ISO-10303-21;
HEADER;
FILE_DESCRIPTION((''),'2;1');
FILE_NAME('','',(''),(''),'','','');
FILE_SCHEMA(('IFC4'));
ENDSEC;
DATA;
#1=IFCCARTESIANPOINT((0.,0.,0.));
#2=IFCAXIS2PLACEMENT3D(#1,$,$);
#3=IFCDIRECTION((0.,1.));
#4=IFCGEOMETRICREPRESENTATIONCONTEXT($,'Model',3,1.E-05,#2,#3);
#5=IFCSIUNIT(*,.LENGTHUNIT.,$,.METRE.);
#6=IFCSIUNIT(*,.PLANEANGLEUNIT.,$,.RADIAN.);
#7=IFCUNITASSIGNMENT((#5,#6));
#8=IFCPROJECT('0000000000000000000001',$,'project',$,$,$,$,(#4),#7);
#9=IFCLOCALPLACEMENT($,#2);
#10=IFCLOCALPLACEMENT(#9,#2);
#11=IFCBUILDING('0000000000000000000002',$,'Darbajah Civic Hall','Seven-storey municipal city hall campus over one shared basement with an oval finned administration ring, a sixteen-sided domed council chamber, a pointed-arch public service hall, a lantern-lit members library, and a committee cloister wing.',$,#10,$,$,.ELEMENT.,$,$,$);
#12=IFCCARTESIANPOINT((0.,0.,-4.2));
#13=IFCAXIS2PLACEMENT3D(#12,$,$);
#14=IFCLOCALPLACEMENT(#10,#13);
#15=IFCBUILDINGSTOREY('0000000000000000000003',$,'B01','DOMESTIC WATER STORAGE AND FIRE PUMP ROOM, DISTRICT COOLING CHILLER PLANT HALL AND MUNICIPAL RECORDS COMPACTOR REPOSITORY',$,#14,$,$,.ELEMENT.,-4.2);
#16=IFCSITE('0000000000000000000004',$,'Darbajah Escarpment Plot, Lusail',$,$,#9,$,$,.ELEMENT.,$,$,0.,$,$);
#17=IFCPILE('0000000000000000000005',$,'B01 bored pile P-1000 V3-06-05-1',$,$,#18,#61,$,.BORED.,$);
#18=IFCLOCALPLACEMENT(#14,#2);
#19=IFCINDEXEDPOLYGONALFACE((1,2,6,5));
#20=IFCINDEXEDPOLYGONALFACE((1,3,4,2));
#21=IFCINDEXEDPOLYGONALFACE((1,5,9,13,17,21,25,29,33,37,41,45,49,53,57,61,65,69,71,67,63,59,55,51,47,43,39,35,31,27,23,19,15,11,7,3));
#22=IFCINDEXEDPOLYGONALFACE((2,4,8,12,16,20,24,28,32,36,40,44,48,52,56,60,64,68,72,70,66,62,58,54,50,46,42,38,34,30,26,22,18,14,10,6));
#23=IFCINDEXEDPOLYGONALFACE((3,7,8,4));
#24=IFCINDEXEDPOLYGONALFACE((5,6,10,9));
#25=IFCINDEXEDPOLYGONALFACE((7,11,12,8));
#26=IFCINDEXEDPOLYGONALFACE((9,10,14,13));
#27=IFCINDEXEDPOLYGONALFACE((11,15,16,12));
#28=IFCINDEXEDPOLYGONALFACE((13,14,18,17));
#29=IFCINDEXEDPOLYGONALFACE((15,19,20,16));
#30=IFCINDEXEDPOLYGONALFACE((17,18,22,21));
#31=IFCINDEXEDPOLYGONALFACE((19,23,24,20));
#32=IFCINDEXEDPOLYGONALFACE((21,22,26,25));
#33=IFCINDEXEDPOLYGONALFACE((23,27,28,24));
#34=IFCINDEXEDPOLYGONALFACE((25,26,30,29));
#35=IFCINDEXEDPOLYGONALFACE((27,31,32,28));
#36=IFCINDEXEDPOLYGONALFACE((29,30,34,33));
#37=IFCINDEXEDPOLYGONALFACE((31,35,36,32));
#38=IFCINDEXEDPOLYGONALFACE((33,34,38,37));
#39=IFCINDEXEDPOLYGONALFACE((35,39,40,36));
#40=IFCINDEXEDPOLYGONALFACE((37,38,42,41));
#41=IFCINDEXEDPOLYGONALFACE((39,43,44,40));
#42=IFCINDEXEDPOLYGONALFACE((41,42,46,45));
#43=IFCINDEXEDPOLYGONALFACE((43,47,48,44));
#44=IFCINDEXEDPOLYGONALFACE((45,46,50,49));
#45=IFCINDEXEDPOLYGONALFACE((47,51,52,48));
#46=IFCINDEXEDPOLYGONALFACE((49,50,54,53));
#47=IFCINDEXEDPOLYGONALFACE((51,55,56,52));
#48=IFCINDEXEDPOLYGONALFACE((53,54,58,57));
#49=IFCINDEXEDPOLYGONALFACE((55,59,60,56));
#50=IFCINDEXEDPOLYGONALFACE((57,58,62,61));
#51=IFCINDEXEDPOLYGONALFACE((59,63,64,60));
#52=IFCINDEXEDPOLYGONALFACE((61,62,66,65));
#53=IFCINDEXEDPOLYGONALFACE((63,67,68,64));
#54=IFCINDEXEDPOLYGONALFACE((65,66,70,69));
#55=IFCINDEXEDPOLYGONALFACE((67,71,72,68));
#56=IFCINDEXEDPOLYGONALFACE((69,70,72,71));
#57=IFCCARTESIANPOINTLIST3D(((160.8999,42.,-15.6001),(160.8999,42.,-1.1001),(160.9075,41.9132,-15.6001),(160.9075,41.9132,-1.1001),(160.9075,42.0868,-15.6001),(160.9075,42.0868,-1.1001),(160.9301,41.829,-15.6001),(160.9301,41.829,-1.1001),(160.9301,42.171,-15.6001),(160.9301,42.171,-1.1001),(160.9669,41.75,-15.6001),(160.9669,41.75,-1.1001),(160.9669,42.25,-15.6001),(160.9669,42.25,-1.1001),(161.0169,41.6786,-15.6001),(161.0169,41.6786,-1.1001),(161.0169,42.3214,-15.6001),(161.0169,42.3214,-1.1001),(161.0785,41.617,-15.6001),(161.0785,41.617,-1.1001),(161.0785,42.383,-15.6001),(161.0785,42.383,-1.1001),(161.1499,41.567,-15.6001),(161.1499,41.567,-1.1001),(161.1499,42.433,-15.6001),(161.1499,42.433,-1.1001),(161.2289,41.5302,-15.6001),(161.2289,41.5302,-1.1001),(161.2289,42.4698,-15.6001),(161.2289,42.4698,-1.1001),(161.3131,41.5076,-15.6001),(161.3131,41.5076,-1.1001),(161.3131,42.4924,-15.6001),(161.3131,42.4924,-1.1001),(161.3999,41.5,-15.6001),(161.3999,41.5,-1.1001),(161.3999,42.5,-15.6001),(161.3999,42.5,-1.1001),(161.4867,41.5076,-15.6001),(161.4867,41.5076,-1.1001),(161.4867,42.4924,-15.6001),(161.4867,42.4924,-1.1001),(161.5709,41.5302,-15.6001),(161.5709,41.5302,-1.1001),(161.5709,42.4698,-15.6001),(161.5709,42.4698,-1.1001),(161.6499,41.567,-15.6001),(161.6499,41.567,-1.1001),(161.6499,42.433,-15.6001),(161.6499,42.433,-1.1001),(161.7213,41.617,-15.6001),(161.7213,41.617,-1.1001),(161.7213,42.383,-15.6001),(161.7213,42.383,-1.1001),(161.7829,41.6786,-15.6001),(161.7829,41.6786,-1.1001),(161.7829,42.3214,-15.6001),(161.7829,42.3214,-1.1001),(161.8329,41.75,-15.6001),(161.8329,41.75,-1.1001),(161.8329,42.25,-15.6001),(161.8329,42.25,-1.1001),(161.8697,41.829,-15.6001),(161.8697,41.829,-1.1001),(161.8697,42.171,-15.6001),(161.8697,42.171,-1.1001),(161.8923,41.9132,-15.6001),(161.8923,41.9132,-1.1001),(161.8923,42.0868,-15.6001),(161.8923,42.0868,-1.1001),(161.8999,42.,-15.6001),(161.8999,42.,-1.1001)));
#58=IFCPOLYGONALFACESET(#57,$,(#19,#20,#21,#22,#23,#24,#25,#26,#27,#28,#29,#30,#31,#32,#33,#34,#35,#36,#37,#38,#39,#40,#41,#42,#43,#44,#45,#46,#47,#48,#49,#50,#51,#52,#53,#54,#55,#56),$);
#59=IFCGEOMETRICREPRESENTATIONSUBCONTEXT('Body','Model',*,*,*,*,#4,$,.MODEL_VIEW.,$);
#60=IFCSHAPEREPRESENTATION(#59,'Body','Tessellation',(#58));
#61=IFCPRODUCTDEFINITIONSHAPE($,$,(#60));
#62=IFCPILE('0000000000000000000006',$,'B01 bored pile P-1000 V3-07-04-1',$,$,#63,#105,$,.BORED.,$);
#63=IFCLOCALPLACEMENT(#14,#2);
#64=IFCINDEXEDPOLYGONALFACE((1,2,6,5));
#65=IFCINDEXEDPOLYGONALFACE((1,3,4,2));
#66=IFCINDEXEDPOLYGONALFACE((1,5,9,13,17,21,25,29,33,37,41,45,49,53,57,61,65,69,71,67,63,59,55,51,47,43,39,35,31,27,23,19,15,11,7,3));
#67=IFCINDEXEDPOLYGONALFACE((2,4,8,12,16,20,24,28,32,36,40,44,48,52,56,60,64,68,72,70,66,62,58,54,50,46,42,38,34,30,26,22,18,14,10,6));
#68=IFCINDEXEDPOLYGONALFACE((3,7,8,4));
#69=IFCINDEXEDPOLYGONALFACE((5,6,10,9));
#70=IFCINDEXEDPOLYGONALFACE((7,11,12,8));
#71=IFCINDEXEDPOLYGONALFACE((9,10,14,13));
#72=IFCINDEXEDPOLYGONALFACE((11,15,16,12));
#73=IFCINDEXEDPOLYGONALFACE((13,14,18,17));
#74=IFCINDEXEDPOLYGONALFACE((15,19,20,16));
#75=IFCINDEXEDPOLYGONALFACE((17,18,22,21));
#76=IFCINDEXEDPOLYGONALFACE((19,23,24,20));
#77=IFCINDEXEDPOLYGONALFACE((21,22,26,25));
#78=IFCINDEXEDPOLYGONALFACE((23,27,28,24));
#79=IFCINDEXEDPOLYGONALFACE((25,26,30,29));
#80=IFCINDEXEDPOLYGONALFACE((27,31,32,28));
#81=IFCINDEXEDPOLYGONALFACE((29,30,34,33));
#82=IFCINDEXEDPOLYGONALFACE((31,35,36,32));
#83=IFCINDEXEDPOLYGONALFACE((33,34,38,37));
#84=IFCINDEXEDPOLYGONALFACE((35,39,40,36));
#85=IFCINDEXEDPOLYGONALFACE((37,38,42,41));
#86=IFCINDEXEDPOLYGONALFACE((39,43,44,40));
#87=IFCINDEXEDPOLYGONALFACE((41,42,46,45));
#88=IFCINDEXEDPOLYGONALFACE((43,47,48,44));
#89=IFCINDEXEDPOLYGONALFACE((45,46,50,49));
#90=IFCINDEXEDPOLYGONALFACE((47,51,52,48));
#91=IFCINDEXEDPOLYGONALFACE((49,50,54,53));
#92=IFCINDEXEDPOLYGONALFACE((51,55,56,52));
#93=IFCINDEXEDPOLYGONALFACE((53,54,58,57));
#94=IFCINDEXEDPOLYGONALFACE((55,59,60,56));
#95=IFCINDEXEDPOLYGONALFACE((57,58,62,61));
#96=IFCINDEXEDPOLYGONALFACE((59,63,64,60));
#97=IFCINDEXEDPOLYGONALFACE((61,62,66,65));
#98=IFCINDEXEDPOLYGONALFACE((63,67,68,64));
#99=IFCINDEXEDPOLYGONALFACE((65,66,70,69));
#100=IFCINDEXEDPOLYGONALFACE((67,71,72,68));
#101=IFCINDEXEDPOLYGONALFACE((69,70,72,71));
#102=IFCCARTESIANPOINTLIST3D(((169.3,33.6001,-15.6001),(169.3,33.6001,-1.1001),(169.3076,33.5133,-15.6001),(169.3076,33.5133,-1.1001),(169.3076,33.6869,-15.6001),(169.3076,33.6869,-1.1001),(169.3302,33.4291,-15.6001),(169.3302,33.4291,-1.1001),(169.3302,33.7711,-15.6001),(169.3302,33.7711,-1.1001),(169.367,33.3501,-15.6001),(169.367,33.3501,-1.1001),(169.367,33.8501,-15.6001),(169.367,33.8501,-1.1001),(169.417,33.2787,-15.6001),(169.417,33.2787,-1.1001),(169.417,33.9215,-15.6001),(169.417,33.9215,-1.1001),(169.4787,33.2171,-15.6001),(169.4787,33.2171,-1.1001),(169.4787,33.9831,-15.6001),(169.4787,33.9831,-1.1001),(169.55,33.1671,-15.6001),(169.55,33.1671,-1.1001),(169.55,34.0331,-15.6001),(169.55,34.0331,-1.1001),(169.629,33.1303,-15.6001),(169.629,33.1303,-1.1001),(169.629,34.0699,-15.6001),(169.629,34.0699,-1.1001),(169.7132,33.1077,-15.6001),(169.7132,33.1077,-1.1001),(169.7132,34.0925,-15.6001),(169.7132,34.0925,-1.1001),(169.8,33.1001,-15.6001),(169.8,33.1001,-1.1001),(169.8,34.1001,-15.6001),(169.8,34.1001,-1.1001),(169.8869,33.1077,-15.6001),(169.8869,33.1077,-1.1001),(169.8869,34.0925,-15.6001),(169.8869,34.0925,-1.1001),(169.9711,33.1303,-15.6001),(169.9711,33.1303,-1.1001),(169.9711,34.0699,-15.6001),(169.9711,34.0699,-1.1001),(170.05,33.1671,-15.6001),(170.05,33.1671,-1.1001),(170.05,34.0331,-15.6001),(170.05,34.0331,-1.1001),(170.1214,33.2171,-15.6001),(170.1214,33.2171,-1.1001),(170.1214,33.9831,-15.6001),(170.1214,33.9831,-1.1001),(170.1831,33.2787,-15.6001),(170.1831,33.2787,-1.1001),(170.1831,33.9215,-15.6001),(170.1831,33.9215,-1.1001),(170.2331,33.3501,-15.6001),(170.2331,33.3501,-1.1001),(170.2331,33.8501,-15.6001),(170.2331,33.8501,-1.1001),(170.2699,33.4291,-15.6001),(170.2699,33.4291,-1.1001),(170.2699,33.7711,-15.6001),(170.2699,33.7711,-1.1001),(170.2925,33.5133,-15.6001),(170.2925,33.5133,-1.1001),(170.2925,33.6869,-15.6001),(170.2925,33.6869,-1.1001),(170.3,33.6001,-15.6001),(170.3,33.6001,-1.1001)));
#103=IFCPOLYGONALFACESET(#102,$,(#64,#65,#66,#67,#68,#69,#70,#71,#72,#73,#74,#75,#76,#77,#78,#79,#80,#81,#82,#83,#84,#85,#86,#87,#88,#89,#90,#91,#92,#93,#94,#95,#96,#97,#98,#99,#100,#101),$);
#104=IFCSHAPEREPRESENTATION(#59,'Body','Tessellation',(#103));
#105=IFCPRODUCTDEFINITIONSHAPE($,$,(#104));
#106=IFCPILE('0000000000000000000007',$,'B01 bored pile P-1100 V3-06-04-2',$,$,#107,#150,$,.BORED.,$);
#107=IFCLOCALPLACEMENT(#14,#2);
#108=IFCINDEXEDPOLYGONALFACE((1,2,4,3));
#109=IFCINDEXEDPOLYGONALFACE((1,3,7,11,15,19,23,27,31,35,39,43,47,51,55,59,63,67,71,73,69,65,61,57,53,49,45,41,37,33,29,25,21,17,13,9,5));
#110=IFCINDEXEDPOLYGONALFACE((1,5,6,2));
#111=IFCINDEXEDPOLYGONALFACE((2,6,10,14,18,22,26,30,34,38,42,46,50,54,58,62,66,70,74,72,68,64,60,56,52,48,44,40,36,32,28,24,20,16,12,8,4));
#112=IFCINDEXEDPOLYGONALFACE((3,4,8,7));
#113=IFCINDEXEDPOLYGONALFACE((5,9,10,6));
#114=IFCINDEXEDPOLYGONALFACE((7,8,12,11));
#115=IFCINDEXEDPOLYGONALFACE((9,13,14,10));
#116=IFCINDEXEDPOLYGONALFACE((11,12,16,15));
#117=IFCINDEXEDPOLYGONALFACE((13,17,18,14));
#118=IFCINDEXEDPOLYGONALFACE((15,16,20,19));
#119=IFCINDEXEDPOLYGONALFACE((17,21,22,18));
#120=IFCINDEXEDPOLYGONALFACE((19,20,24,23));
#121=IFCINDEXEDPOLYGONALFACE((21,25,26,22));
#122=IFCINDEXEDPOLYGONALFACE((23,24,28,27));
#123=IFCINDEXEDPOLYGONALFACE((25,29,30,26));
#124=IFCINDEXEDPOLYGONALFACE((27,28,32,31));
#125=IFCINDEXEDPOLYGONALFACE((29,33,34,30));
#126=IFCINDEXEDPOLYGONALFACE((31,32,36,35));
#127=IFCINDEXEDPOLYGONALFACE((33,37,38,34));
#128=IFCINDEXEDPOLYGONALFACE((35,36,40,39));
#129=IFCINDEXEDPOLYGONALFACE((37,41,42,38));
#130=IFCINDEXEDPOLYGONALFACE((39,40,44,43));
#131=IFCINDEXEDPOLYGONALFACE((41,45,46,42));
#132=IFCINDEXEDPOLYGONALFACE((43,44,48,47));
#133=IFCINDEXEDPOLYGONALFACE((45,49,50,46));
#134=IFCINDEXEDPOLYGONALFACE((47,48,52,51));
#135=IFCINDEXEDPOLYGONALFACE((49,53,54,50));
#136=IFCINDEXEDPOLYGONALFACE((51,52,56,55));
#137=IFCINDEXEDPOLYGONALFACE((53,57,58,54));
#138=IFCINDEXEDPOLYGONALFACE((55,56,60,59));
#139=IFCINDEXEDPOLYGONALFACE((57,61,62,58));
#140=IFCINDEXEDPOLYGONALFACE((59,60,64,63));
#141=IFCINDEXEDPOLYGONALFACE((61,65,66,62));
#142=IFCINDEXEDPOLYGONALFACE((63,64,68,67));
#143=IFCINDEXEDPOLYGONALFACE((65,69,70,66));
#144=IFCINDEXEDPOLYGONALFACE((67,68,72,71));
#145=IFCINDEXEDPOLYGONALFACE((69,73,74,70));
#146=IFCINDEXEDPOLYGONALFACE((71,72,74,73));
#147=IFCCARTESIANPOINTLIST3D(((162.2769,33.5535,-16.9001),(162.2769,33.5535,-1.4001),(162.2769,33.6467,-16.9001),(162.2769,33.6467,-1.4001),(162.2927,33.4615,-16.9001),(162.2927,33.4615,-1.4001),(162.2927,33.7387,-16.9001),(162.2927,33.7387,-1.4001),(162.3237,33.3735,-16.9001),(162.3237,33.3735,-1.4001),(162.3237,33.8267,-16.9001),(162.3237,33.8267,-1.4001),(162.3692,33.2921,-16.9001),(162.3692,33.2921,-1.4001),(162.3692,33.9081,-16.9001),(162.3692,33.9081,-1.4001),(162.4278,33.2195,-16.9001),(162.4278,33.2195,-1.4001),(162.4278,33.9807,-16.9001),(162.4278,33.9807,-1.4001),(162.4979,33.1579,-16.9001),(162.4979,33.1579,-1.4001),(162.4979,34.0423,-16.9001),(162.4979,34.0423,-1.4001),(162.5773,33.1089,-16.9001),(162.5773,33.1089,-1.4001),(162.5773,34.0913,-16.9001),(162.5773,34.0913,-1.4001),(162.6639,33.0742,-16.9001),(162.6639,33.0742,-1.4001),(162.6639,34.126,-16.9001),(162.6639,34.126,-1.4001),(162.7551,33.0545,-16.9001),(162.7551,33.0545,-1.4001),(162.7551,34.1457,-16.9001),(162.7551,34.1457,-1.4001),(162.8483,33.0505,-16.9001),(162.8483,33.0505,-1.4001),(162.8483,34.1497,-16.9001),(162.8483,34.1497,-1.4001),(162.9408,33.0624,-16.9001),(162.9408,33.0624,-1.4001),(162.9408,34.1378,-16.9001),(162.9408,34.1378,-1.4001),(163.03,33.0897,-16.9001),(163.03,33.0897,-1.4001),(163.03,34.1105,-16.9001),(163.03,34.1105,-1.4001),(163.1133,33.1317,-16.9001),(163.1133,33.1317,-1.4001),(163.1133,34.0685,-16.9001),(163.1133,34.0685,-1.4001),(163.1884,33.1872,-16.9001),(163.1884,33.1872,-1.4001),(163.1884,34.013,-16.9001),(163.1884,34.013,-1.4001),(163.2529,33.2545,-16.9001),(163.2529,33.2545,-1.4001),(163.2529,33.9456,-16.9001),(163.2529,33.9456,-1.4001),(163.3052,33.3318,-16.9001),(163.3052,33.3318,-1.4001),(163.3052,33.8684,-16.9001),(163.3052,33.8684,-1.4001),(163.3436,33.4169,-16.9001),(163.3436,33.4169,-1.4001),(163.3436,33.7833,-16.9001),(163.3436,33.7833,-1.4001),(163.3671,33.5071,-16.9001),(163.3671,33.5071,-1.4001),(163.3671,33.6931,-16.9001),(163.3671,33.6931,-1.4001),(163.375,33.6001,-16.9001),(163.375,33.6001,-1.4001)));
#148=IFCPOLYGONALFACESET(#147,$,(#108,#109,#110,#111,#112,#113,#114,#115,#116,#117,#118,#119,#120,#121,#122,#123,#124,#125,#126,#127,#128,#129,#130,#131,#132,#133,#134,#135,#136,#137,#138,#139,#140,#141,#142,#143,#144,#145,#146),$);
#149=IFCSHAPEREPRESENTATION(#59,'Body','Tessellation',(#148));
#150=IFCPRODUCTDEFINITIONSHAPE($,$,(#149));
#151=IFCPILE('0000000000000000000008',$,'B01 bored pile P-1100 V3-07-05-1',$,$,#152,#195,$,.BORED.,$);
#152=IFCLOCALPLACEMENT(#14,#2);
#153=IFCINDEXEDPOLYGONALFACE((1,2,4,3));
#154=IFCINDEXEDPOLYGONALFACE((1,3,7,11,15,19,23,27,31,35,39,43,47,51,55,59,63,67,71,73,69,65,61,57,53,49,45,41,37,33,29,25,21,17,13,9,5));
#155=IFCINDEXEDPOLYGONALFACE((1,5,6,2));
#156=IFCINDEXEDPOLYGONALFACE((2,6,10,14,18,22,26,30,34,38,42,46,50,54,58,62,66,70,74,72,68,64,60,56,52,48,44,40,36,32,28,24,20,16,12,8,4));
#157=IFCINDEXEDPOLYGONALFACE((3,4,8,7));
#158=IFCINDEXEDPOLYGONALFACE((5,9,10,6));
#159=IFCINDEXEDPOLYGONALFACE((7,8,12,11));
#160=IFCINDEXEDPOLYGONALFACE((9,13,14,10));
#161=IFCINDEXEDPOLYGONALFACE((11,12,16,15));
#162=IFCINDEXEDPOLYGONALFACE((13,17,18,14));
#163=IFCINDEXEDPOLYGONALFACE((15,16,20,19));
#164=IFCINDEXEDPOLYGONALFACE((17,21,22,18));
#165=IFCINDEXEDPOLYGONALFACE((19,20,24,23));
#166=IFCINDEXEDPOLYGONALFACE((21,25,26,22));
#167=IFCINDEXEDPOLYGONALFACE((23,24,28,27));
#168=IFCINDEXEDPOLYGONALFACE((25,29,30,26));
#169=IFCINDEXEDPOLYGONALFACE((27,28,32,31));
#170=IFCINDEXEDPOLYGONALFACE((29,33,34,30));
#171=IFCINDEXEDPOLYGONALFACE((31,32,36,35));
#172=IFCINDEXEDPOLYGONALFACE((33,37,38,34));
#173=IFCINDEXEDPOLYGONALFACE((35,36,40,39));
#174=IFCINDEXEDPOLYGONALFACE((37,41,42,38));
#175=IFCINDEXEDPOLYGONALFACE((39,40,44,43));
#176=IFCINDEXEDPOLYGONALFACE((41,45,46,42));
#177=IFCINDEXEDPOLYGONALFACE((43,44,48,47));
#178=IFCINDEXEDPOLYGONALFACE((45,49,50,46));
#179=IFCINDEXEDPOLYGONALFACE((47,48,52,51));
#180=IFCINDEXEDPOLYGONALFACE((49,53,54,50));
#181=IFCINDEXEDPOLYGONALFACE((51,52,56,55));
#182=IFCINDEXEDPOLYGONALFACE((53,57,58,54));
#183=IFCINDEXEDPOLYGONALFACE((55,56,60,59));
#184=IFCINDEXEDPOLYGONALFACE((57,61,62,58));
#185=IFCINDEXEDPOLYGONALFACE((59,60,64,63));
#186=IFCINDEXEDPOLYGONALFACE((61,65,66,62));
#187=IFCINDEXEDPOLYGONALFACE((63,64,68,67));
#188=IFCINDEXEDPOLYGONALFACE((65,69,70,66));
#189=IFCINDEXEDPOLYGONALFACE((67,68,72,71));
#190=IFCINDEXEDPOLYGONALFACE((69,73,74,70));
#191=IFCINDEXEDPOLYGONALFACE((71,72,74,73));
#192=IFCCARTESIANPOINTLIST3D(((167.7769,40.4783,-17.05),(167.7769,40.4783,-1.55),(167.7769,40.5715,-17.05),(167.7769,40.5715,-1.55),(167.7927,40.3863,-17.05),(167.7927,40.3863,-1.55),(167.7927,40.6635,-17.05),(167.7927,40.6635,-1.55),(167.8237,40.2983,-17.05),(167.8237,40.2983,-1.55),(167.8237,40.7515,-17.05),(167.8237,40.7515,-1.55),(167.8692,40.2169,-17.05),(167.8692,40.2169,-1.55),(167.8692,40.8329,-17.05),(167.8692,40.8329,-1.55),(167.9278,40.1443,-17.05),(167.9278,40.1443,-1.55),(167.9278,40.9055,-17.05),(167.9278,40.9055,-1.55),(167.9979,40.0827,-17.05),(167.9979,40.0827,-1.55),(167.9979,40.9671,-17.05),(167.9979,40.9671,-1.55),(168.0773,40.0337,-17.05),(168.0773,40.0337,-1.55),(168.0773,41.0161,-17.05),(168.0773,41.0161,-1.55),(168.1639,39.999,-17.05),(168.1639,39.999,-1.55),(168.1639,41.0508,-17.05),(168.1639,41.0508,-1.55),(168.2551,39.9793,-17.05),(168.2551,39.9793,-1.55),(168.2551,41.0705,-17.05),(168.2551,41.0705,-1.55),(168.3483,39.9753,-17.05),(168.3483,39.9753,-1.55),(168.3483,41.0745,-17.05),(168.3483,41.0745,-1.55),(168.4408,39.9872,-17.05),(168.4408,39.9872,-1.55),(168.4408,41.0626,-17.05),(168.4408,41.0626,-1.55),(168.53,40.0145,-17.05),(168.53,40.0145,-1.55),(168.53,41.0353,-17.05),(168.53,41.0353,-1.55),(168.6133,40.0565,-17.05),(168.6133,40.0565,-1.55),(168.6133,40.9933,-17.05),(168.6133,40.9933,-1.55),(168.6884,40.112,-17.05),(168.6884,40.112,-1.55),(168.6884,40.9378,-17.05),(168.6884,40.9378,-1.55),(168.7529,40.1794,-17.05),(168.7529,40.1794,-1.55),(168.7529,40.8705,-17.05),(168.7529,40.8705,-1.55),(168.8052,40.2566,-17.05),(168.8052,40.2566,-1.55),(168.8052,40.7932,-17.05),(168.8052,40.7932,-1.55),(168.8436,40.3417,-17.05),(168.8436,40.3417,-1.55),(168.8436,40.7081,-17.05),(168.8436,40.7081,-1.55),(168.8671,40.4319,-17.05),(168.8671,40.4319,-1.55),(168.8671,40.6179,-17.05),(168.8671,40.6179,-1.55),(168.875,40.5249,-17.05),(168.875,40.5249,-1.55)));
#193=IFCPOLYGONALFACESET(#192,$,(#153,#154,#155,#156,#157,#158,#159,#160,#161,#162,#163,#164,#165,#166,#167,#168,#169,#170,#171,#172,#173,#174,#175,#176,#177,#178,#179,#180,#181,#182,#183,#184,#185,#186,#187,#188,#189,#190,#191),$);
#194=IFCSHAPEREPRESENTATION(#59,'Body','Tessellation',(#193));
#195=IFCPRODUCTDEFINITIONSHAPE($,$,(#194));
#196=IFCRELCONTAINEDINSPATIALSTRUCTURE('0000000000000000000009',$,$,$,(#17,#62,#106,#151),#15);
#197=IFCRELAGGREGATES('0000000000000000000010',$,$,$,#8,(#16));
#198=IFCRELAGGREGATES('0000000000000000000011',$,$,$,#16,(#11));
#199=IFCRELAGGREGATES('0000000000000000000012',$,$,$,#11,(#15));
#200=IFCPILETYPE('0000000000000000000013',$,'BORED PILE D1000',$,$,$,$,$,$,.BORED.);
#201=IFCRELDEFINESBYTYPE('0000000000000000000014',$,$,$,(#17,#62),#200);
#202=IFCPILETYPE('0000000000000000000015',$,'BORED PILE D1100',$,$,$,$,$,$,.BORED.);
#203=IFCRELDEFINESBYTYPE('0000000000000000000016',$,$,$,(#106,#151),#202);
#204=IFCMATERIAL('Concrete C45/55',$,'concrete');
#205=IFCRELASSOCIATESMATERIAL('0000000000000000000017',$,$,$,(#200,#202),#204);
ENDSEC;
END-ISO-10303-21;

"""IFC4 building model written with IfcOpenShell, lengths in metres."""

from ifc_helpers import new_model, si_unit, direction, frame, origin, origin_2d, place, context, subcontext, project, spatial, circle, extrude, material, material_profile, profile_set, type_object, element, save


model = new_model("IFC4")

# Units and contexts
model_context = context("Model", 3, precision=1e-05, world=origin(), true_north=direction((0.0, 1.0)))
body_context = subcontext(model_context, "Body", "Model", "MODEL_VIEW")
ifc_project = project(units=[si_unit("LENGTHUNIT", "METRE"), si_unit("PLANEANGLEUNIT", "RADIAN")], contexts=[model_context])

# Site, building, storey
site_placement = place(None, origin())
site = spatial("IfcSite", under=ifc_project, at=site_placement, Name="Darbajah Escarpment Plot, Lusail", CompositionType="ELEMENT", RefElevation=0.0)
building_placement = place(site_placement, origin())
building = spatial("IfcBuilding", under=site, at=building_placement, Name="Darbajah Civic Hall", Description="Seven-storey municipal city hall campus over one shared basement with an oval finned administration ring, a sixteen-sided domed council chamber, a pointed-arch public service hall, a lantern-lit members library, and a committee cloister wing.", CompositionType="ELEMENT")
storey_placement = place(building_placement, frame((0.0, 0.0, -4.2)))
storey = spatial("IfcBuildingStorey", under=building, at=storey_placement, Name="B01", Description="DOMESTIC WATER STORAGE AND FIRE PUMP ROOM, DISTRICT COOLING CHILLER PLANT HALL AND MUNICIPAL RECORDS COMPACTOR REPOSITORY", CompositionType="ELEMENT", Elevation=-4.2)

# Piles
ifc_material_1 = material(Name="Concrete C45/55", Category="concrete")
ifc_material_profile_1 = material_profile(ifc_material_1, circle(Radius=0.5, at=origin_2d()), Name="BORED PILE D1000")
ifc_profile_set_1 = profile_set([ifc_material_profile_1], Name="Concrete C45/55")
pile_type_1 = type_object("IfcPileType", Name="BORED PILE D1000", PredefinedType="BORED", material=ifc_profile_set_1)
for number, where, z_axis, x_axis, name in (
    (1, (161.3999, 42.0, -1.1001), (0.0, 0.0, -1.0), (1.0, 0.0, 0.0), "B01 bored pile P-1000 V3-06-05-1"),
    (2, (169.8, 33.6001, -1.1001), (0.0, 0.0, -1.0), (1.0, 0.0, 0.0), "B01 bored pile P-1000 V3-07-04-1"),
):
    element("IfcPile", number, at=place(storey_placement, frame(where, z_axis=z_axis, x_axis=x_axis)), inside=storey, type_object=pile_type_1, Name=name, PredefinedType="BORED", context=body_context, shape_type="SweptSolid", body=[
        extrude(circle(Radius=0.5, at=origin_2d()), origin(), (0.0, 0.0, 1.0), 14.5),
    ])
ifc_material_profile_2 = material_profile(ifc_material_1, circle(Radius=0.55, at=origin_2d()), Name="BORED PILE D1100")
ifc_profile_set_2 = profile_set([ifc_material_profile_2], Name="Concrete C45/55")
pile_type_2 = type_object("IfcPileType", Name="BORED PILE D1100", PredefinedType="BORED", material=ifc_profile_set_2)
for number, where, z_axis, x_axis, name in (
    (3, (162.825, 33.6001, -1.4001), (0.0, 0.0, -1.0), (1.0, 0.0, 0.0), "B01 bored pile P-1100 V3-06-04-2"),
    (4, (168.325, 40.5249, -1.55), (0.0, 0.0, -1.0), (1.0, 0.0, 0.0), "B01 bored pile P-1100 V3-07-05-1"),
):
    element("IfcPile", number, at=place(storey_placement, frame(where, z_axis=z_axis, x_axis=x_axis)), inside=storey, type_object=pile_type_2, Name=name, PredefinedType="BORED", context=body_context, shape_type="SweptSolid", body=[
        extrude(circle(Radius=0.55, at=origin_2d()), origin(), (0.0, 0.0, 1.0), 15.5),
    ])

save(model, "model.ifc")
